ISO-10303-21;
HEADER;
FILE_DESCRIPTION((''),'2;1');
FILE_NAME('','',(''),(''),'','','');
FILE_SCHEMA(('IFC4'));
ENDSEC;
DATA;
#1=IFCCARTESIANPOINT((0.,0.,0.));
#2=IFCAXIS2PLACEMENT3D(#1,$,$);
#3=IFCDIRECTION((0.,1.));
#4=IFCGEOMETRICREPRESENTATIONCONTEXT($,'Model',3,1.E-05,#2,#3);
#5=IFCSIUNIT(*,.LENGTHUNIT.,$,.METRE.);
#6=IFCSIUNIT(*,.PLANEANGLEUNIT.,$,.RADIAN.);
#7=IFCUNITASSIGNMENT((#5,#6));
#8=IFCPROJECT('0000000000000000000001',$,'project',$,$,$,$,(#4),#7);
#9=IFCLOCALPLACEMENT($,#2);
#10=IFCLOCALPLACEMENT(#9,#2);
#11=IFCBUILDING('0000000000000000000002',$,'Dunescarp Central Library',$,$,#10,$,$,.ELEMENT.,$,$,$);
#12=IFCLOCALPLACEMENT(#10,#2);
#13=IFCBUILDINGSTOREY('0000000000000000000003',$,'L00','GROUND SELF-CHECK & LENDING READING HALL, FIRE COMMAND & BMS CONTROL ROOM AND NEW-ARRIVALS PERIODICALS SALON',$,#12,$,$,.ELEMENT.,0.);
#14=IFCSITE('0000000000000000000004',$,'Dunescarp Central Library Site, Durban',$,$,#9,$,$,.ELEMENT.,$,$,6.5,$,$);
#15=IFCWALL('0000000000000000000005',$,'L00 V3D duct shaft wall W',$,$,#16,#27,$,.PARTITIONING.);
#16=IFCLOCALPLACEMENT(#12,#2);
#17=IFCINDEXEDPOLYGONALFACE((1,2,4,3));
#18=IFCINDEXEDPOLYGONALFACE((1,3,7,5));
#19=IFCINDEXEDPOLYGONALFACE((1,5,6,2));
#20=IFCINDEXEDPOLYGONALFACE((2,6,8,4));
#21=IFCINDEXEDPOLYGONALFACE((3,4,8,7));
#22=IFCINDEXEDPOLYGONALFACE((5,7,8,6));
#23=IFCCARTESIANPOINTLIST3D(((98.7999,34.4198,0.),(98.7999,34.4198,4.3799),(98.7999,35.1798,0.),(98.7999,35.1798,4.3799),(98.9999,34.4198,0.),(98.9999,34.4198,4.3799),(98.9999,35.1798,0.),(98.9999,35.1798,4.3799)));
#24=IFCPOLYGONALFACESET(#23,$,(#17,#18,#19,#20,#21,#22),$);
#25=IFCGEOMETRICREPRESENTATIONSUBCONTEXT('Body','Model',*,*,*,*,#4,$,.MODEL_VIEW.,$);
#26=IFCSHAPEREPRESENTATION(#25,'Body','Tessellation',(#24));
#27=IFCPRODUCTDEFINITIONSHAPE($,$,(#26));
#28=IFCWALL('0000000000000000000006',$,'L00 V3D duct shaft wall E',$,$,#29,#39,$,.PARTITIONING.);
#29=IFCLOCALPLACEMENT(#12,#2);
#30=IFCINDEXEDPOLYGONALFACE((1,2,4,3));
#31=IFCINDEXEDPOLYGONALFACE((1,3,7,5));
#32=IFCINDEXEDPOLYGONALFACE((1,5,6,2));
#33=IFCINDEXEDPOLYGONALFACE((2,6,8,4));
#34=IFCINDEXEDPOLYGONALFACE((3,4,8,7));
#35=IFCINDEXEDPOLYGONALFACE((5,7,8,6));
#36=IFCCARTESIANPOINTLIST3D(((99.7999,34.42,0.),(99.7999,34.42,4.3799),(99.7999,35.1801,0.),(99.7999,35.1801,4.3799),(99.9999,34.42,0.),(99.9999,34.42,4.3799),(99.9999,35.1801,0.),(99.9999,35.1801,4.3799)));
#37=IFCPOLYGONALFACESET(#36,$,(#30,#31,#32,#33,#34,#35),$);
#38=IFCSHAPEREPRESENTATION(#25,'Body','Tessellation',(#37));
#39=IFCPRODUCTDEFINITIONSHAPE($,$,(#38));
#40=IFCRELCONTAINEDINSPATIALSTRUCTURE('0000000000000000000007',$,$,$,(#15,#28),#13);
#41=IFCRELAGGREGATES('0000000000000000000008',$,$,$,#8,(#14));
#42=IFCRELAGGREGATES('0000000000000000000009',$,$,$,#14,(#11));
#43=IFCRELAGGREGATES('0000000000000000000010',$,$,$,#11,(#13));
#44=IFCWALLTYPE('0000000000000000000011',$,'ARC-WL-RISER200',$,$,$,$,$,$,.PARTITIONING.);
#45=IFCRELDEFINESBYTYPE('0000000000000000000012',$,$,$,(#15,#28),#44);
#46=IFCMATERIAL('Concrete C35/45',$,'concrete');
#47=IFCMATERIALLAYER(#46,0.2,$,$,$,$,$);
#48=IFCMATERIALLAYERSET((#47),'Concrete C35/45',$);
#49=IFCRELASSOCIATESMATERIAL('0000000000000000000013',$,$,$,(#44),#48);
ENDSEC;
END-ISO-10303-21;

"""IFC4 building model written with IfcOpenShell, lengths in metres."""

from ifc_helpers import new_model, si_unit, direction, frame, frame_2d, origin, place, context, subcontext, project, spatial, rectangle, extrude, material, layer, layer_set, type_object, element, save


model = new_model("IFC4")

# Units and contexts
model_context = context("Model", 3, precision=1e-05, world=origin(), true_north=direction((0.0, 1.0)))
body_context = subcontext(model_context, "Body", "Model", "MODEL_VIEW")
ifc_project = project(units=[si_unit("LENGTHUNIT", "METRE"), si_unit("PLANEANGLEUNIT", "RADIAN")], contexts=[model_context])

# Site, building, storey
site_placement = place(None, origin())
site = spatial("IfcSite", under=ifc_project, at=site_placement, Name="Dunescarp Central Library Site, Durban", CompositionType="ELEMENT", RefElevation=6.5)
building_placement = place(site_placement, origin())
building = spatial("IfcBuilding", under=site, at=building_placement, Name="Dunescarp Central Library", CompositionType="ELEMENT")
storey_placement = place(building_placement, origin())
storey = spatial("IfcBuildingStorey", under=building, at=storey_placement, Name="L00", Description="GROUND SELF-CHECK & LENDING READING HALL, FIRE COMMAND & BMS CONTROL ROOM AND NEW-ARRIVALS PERIODICALS SALON", CompositionType="ELEMENT", Elevation=0.0)

# Shared definitions
ifc_material_1 = material(Name="Concrete C35/45", Category="concrete")

# Walls
ifc_layer_1 = layer(ifc_material_1, 0.2)
ifc_layer_set_1 = layer_set([ifc_layer_1], Name="Concrete C35/45")
wall_type_1 = type_object("IfcWallType", Name="ARC-WL-RISER200", PredefinedType="PARTITIONING", material=ifc_layer_set_1)
for number, where, z_axis, x_axis, name in (
    (1, (98.8999, 34.4199, 0.0), (0.0, 0.0, 1.0), (0.0, 1.0, 0.0), "L00 V3D duct shaft wall W"),
    (2, (99.8999, 35.1799, 0.0), (0.0, 0.0, 1.0), (0.0, -1.0, 0.0), "L00 V3D duct shaft wall E"),
):
    element("IfcWall", number, at=place(storey_placement, frame(where, z_axis=z_axis, x_axis=x_axis)), inside=storey, type_object=wall_type_1, Name=name, PredefinedType="PARTITIONING", context=body_context, shape_type="SweptSolid", body=[
        extrude(rectangle(XDim=0.76, YDim=0.2, at=frame_2d((0.3799, 0.0))), origin(), (0.0, 0.0, 1.0), 4.3799),
    ])

save(model, "model.ifc")
